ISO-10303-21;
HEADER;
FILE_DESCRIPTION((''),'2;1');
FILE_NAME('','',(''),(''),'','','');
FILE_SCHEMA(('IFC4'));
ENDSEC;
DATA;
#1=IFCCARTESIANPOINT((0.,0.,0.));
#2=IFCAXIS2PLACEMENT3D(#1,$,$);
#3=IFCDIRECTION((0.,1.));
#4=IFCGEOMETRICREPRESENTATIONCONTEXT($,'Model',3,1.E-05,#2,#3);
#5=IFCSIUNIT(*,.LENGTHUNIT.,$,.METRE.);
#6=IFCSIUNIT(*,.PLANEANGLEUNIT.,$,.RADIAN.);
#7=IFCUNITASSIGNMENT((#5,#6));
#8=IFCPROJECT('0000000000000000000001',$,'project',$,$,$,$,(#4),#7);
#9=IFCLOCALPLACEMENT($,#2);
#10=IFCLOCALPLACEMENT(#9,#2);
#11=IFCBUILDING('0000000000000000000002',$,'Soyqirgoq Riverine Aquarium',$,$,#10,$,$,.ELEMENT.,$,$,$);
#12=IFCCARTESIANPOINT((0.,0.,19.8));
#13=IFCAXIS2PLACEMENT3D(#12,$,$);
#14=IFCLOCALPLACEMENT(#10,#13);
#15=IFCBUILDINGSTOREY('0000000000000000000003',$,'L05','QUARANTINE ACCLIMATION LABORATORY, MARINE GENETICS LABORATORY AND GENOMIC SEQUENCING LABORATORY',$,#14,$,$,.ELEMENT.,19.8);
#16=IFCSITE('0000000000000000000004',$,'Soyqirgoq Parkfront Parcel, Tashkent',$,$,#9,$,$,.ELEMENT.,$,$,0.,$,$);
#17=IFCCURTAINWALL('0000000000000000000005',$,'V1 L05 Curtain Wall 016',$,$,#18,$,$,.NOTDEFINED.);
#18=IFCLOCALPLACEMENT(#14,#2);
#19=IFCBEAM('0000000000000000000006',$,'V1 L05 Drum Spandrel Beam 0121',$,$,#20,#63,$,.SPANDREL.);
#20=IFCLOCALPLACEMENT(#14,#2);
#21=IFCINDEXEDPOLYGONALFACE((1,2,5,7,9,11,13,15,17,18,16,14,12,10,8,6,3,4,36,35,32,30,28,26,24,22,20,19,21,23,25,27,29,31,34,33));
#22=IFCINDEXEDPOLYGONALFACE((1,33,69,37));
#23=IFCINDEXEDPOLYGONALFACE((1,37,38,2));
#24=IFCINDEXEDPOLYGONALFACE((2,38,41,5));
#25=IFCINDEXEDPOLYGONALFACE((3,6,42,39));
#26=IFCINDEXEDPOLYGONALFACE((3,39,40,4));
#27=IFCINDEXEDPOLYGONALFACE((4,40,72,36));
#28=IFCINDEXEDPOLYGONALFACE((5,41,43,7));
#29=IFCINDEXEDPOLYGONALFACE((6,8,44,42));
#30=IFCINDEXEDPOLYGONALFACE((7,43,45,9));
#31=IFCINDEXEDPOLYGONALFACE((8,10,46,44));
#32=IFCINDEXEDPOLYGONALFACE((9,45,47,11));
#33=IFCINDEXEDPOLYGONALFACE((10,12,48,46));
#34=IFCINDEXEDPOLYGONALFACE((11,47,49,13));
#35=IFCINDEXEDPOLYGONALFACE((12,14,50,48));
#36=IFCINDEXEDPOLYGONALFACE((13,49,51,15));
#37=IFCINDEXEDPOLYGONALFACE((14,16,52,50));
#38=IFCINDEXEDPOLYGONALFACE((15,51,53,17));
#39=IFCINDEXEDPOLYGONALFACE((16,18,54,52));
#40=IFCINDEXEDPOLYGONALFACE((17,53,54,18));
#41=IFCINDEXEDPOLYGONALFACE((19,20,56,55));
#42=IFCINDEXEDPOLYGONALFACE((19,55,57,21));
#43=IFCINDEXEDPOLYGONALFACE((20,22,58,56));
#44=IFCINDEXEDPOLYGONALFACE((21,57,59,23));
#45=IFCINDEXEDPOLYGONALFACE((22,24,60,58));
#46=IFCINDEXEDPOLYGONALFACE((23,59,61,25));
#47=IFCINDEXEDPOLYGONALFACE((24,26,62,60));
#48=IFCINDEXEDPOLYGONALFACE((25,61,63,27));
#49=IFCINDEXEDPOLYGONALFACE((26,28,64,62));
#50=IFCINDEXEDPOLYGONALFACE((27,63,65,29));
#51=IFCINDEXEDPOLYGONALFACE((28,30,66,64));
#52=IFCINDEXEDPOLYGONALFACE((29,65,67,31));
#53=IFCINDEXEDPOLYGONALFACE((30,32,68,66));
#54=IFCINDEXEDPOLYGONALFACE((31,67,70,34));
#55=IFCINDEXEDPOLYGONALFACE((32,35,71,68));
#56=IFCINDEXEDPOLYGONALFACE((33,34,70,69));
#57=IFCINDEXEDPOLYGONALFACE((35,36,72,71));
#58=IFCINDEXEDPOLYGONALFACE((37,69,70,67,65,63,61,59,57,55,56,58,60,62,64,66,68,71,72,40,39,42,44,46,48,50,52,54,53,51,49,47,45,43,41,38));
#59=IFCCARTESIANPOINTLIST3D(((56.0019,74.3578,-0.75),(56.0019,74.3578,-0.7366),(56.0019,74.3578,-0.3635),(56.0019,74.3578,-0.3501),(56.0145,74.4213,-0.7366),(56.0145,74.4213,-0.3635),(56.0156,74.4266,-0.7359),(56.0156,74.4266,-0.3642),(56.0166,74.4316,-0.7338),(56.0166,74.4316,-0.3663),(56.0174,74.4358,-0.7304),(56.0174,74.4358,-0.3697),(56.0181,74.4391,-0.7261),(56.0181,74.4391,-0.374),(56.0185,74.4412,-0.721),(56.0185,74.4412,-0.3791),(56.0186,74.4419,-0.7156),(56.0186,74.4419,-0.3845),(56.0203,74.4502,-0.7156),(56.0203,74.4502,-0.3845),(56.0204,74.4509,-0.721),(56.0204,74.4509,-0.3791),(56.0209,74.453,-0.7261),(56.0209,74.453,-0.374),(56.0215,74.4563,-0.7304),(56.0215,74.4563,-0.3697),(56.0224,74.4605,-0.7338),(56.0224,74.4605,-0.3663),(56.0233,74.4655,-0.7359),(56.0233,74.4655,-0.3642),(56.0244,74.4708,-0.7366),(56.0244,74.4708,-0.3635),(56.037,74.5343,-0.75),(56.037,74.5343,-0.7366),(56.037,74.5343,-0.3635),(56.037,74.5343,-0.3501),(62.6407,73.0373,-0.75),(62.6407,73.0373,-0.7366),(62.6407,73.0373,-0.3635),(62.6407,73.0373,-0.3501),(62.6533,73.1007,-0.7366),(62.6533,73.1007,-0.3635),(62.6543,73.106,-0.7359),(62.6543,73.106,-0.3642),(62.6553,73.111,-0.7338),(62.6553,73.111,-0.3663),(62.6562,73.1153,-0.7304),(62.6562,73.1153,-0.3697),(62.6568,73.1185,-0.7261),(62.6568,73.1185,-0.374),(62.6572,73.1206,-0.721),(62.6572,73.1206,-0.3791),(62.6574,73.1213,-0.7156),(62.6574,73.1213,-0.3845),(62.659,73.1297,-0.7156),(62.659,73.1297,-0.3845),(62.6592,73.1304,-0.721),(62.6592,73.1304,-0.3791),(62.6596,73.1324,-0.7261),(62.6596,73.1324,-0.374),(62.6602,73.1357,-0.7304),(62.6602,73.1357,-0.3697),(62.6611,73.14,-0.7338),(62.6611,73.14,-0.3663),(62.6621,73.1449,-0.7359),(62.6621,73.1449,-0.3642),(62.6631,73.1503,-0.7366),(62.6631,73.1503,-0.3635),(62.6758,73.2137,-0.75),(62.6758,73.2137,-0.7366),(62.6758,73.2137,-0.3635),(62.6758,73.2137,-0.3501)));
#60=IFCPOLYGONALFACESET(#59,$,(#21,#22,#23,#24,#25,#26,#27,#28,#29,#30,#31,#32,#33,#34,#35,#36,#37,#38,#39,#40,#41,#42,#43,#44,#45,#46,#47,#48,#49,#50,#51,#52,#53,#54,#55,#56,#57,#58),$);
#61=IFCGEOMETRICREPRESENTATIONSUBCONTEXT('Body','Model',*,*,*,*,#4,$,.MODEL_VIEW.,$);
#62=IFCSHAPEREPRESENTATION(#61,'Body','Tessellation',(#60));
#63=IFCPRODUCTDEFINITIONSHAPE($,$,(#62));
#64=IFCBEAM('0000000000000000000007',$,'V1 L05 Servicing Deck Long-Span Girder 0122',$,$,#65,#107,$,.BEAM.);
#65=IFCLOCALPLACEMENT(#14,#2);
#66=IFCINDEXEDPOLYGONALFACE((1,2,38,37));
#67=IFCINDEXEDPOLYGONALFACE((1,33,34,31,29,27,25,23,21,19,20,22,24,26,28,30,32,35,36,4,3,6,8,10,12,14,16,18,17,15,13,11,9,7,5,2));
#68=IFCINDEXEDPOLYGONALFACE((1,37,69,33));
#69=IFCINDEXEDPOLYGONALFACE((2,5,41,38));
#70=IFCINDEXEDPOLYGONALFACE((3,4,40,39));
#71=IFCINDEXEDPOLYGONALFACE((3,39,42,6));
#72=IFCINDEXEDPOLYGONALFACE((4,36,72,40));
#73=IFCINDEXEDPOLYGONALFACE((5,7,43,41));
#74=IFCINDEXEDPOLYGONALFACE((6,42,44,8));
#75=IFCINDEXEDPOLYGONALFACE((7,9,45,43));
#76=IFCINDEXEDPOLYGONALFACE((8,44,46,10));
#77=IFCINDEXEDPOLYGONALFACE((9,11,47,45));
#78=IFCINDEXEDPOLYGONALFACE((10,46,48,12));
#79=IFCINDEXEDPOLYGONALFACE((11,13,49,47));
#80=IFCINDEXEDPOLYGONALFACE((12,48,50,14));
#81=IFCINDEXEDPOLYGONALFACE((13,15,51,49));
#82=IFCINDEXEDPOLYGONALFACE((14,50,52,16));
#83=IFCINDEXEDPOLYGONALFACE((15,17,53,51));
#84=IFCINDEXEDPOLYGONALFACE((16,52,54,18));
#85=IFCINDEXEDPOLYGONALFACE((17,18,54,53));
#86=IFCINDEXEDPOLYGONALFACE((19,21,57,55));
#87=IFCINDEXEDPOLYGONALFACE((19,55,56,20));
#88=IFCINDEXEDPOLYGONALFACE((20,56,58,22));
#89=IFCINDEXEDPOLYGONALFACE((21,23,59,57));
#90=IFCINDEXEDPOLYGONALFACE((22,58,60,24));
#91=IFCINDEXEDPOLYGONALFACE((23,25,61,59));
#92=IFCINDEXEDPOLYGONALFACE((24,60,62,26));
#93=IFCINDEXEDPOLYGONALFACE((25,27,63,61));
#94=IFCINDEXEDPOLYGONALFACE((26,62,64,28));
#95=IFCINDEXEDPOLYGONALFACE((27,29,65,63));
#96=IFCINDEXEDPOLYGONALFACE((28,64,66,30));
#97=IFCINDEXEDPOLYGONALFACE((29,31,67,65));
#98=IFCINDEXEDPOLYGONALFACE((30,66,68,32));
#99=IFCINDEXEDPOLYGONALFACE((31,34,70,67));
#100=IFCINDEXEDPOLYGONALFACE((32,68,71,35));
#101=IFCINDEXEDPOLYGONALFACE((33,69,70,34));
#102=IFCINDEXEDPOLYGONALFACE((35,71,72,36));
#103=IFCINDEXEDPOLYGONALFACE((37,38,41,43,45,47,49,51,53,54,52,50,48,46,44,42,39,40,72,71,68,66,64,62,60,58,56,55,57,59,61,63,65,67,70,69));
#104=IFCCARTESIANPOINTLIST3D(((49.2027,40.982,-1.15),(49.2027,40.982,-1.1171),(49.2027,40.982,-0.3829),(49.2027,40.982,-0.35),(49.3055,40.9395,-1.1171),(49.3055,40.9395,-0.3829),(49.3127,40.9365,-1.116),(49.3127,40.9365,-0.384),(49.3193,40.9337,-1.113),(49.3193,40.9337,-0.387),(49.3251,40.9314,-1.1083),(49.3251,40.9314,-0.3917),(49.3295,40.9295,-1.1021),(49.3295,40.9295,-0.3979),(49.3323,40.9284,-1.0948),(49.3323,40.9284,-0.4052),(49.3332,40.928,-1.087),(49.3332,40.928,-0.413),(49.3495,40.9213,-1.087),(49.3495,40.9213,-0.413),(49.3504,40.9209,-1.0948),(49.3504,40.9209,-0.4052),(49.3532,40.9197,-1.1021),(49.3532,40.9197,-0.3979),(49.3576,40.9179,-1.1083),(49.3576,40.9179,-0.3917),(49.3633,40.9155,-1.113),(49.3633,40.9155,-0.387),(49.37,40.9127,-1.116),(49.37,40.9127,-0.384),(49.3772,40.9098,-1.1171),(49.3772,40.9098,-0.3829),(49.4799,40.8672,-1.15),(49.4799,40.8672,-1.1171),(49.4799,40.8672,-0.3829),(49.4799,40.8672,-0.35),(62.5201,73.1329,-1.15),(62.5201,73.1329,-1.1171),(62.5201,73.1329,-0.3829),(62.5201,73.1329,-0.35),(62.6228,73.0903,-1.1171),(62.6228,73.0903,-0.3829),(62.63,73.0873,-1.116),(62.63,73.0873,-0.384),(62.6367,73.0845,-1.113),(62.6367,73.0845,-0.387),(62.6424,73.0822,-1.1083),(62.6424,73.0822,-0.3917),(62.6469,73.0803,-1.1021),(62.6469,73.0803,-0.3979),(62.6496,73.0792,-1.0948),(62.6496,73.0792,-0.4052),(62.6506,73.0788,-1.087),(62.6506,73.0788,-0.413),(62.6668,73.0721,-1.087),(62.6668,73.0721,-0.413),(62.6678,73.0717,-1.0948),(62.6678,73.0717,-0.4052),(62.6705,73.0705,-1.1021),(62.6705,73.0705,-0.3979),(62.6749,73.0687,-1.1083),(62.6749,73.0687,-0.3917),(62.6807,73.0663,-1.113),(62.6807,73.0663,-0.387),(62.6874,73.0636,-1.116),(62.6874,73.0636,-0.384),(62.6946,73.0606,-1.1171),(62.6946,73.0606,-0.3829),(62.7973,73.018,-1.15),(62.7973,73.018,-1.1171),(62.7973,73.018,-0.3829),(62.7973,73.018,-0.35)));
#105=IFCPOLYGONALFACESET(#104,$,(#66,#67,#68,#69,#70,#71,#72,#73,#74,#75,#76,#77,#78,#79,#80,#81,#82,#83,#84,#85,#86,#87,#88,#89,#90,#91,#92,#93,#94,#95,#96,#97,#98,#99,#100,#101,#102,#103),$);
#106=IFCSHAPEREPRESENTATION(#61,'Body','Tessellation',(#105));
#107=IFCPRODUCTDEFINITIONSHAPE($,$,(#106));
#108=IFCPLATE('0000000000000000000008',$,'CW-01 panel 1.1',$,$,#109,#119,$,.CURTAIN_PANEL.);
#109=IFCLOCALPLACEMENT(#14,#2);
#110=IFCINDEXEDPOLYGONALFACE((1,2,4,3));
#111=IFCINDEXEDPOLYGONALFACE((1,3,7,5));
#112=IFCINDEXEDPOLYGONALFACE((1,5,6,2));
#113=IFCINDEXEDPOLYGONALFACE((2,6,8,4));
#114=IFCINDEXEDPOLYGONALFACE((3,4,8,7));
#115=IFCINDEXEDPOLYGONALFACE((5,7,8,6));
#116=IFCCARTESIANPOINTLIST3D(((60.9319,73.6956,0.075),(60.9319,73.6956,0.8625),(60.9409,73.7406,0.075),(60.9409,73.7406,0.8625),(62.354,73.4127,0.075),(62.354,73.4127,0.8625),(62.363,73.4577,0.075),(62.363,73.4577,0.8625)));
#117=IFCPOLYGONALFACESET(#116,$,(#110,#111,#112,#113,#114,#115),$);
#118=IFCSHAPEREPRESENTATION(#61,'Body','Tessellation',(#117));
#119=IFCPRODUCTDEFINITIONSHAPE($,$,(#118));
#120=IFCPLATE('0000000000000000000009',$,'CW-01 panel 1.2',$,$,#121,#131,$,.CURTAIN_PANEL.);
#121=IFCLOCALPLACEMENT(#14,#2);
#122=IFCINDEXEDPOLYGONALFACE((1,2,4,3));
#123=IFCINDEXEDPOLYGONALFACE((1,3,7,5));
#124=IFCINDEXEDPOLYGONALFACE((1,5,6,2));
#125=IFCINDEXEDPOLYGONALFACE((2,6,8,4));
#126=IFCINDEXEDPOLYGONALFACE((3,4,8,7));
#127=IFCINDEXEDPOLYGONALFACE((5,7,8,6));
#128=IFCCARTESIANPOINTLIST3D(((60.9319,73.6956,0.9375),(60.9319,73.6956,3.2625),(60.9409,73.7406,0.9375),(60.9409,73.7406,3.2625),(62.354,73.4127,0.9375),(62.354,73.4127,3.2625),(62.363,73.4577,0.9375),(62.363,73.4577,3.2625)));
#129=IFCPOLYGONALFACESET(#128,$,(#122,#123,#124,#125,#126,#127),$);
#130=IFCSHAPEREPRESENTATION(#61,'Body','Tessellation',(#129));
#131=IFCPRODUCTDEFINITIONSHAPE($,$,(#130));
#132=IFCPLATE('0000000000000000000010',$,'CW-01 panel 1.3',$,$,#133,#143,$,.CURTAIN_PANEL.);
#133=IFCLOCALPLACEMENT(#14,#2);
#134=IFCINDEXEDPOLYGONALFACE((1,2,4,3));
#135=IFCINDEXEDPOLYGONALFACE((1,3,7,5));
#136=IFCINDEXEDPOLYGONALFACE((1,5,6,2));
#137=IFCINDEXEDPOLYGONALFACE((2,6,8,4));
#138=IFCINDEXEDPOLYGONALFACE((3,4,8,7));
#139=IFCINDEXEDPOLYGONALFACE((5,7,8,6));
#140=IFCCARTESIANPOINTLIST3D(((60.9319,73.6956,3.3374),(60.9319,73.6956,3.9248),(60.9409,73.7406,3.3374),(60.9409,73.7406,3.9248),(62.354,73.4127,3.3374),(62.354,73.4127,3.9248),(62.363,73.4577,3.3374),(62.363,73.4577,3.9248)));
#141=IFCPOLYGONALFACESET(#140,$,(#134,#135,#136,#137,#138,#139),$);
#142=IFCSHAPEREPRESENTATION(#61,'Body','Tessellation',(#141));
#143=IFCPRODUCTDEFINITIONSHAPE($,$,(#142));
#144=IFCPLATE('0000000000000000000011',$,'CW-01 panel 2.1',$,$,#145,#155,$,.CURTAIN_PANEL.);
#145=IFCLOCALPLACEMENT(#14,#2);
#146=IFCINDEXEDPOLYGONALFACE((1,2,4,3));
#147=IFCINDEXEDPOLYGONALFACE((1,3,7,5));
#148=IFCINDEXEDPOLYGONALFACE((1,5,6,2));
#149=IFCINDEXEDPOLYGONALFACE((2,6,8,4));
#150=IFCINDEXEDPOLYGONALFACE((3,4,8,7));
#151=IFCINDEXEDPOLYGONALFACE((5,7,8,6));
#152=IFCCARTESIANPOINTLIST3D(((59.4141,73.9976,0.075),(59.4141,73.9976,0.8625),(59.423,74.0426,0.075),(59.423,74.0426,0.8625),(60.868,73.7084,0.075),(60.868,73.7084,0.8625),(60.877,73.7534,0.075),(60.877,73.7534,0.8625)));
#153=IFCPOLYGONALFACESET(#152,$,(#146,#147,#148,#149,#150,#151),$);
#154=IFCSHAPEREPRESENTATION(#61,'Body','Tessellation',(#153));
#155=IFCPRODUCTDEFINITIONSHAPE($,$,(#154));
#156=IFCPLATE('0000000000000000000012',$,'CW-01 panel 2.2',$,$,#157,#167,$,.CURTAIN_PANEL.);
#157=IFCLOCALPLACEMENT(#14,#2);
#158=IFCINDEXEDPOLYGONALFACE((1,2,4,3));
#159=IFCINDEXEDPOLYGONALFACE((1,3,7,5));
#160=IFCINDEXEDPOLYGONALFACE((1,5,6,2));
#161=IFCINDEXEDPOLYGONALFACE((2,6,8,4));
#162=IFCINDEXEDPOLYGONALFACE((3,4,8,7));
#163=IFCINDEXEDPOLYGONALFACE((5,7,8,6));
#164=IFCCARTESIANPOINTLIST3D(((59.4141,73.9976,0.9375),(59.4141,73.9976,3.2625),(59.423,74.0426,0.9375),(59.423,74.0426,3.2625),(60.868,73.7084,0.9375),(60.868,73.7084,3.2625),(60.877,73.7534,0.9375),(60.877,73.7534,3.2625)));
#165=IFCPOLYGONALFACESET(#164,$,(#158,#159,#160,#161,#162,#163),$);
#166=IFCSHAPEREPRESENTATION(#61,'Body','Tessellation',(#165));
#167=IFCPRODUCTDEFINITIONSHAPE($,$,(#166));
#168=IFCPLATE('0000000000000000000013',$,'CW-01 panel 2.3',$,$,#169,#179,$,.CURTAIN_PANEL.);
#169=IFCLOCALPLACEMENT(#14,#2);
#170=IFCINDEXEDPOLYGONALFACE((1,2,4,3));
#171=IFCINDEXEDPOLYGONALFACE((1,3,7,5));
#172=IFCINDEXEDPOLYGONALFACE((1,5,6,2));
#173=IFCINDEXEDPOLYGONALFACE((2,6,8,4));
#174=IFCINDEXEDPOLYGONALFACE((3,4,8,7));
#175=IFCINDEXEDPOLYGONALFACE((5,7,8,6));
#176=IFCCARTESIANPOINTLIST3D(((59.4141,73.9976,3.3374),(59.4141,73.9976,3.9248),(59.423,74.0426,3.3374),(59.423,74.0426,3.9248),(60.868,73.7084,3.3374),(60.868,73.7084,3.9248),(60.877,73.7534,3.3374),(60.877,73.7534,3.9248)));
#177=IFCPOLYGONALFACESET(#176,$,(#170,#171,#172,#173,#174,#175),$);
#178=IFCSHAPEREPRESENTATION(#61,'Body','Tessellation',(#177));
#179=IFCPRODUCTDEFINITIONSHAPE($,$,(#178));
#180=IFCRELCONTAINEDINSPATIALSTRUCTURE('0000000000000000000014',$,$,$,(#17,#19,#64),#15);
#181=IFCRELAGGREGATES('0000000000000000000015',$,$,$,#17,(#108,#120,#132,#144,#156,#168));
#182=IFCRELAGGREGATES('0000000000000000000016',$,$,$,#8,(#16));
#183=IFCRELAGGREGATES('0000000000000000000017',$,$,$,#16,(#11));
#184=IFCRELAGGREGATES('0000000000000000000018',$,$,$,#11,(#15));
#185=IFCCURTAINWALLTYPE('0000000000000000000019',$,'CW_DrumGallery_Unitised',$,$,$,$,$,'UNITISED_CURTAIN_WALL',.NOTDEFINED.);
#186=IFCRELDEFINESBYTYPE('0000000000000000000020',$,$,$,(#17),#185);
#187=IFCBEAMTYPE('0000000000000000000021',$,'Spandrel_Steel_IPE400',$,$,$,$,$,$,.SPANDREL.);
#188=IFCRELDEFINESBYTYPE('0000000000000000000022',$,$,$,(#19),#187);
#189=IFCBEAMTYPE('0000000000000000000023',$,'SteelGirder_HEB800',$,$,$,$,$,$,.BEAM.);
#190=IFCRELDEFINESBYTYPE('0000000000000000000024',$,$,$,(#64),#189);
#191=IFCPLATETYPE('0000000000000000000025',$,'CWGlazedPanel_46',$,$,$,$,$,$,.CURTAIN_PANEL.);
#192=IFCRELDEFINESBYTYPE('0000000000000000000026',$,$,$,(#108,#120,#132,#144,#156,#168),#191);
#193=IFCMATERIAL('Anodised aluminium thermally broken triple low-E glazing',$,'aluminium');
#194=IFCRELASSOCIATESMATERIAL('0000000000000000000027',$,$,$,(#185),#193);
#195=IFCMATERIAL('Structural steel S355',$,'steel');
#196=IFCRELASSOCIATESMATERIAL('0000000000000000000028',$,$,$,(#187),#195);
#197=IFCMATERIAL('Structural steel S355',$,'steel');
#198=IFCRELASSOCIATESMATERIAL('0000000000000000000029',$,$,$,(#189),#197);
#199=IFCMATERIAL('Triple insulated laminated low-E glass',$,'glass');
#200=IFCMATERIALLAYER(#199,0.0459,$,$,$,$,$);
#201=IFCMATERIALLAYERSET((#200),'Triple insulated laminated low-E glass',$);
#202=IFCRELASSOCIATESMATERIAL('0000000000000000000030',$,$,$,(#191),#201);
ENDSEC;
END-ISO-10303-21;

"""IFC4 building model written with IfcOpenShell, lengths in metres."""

from ifc_helpers import new_model, si_unit, direction, frame, origin, origin_2d, place, context, subcontext, project, spatial, rectangle, i_section, extrude, material, layer, layer_set, material_profile, profile_set, type_object, element, aggregate, save


model = new_model("IFC4")

# Units and contexts
model_context = context("Model", 3, precision=1e-05, world=origin(), true_north=direction((0.0, 1.0)))
body_context = subcontext(model_context, "Body", "Model", "MODEL_VIEW")
ifc_project = project(units=[si_unit("LENGTHUNIT", "METRE"), si_unit("PLANEANGLEUNIT", "RADIAN")], contexts=[model_context])

# Site, building, storey
site_placement = place(None, origin())
site = spatial("IfcSite", under=ifc_project, at=site_placement, Name="Soyqirgoq Parkfront Parcel, Tashkent", CompositionType="ELEMENT", RefElevation=0.0)
building_placement = place(site_placement, origin())
building = spatial("IfcBuilding", under=site, at=building_placement, Name="Soyqirgoq Riverine Aquarium", CompositionType="ELEMENT")
storey_placement = place(building_placement, frame((0.0, 0.0, 19.8)))
storey = spatial("IfcBuildingStorey", under=building, at=storey_placement, Name="L05", Description="QUARANTINE ACCLIMATION LABORATORY, MARINE GENETICS LABORATORY AND GENOMIC SEQUENCING LABORATORY", CompositionType="ELEMENT", Elevation=19.8)

# Curtain wall
ifc_material_1 = material(Name="Anodised aluminium thermally broken triple low-E glazing", Category="aluminium")
curtain_wall_type = type_object("IfcCurtainWallType", Name="CW_DrumGallery_Unitised", ElementType="UNITISED_CURTAIN_WALL", PredefinedType="NOTDEFINED", material=ifc_material_1)
curtain_wall_placement = place(storey_placement, origin())
curtain_wall = element("IfcCurtainWall", 1, at=curtain_wall_placement, inside=storey, type_object=curtain_wall_type, Name="V1 L05 Curtain Wall 016", PredefinedType="NOTDEFINED")

# Beams
ifc_material_2 = material(Name="Structural steel S355", Category="steel")
ifc_material_profile_1 = material_profile(ifc_material_2, i_section(OverallWidth=0.1799, OverallDepth=0.3999, WebThickness=0.0085, FlangeThickness=0.0134, FilletRadius=0.021, at=origin_2d()), Name="IPE 400")
ifc_profile_set_1 = profile_set([ifc_material_profile_1], Name="Structural steel S355")
beam_type_1 = type_object("IfcBeamType", Name="Spandrel_Steel_IPE400", PredefinedType="SPANDREL", material=ifc_profile_set_1)
beam_1_placement = place(storey_placement, frame((62.6582, 73.1255, -0.55), z_axis=(-0.980784, 0.195096, 0.0), x_axis=(-0.195096, -0.980784, 0.0)))
element("IfcBeam", 2, at=beam_1_placement, inside=storey, type_object=beam_type_1, Name="V1 L05 Drum Spandrel Beam 0121", PredefinedType="SPANDREL", context=body_context, shape_type="SweptSolid", body=[
    extrude(i_section(OverallWidth=0.1799, OverallDepth=0.3999, WebThickness=0.0085, FlangeThickness=0.0134, FilletRadius=0.021, at=origin_2d()), origin(), (0.0, 0.0, 1.0), 6.7688),
])
ifc_material_3 = material(Name="Structural steel S355", Category="steel")
ifc_material_profile_2 = material_profile(ifc_material_3, i_section(OverallWidth=0.3, OverallDepth=0.8, WebThickness=0.0176, FlangeThickness=0.033, FilletRadius=0.03, at=origin_2d()), Name="HEB 800")
ifc_profile_set_2 = profile_set([ifc_material_profile_2], Name="Structural steel S355")
beam_type_2 = type_object("IfcBeamType", Name="SteelGirder_HEB800", PredefinedType="BEAM", material=ifc_profile_set_2)
beam_2_placement = place(storey_placement, frame((62.6587, 73.0754, -0.75), z_axis=(-0.382685, -0.923879, 0.0), x_axis=(0.923879, -0.382685, 0.0)))
element("IfcBeam", 3, at=beam_2_placement, inside=storey, type_object=beam_type_2, Name="V1 L05 Servicing Deck Long-Span Girder 0122", PredefinedType="BEAM", context=body_context, shape_type="SweptSolid", body=[
    extrude(i_section(OverallWidth=0.3, OverallDepth=0.8, WebThickness=0.0176, FlangeThickness=0.033, FilletRadius=0.03, at=origin_2d()), origin(), (0.0, 0.0, 1.0), 34.7998),
])

# Plates
ifc_material_4 = material(Name="Triple insulated laminated low-E glass", Category="glass")
ifc_layer_1 = layer(ifc_material_4, 0.0459)
ifc_layer_set_1 = layer_set([ifc_layer_1], Name="Triple insulated laminated low-E glass")
plate_type = type_object("IfcPlateType", Name="CWGlazedPanel_46", PredefinedType="CURTAIN_PANEL", material=ifc_layer_set_1)
plate_1_placement = place(storey_placement, frame((61.6475, 73.5767, 0.075), z_axis=(0.0, 0.0, 1.0), x_axis=(-0.980788, 0.195078, 0.0)))
plate_1 = element("IfcPlate", 4, at=plate_1_placement, type_object=plate_type, Name="CW-01 panel 1.1", PredefinedType="CURTAIN_PANEL", context=body_context, shape_type="SweptSolid", body=[
    extrude(rectangle(XDim=1.45, YDim=0.0459, at=origin_2d()), origin(), (0.0, 0.0, 1.0), 0.7876),
])
plate_2_placement = place(storey_placement, frame((61.6475, 73.5767, 0.9375), z_axis=(0.0, 0.0, 1.0), x_axis=(-0.980788, 0.195078, 0.0)))
plate_2 = element("IfcPlate", 5, at=plate_2_placement, type_object=plate_type, Name="CW-01 panel 1.2", PredefinedType="CURTAIN_PANEL", context=body_context, shape_type="SweptSolid", body=[
    extrude(rectangle(XDim=1.45, YDim=0.0459, at=origin_2d()), origin(), (0.0, 0.0, 1.0), 2.325),
])
plate_3_placement = place(storey_placement, frame((61.6475, 73.5767, 3.3374), z_axis=(0.0, 0.0, 1.0), x_axis=(-0.980788, 0.195078, 0.0)))
plate_3 = element("IfcPlate", 6, at=plate_3_placement, type_object=plate_type, Name="CW-01 panel 1.3", PredefinedType="CURTAIN_PANEL", context=body_context, shape_type="SweptSolid", body=[
    extrude(rectangle(XDim=1.45, YDim=0.0459, at=origin_2d()), origin(), (0.0, 0.0, 1.0), 0.5874),
])
plate_4_placement = place(storey_placement, frame((60.1455, 73.8755, 0.075), z_axis=(0.0, 0.0, 1.0), x_axis=(-0.980788, 0.195078, 0.0)))
plate_4 = element("IfcPlate", 7, at=plate_4_placement, type_object=plate_type, Name="CW-01 panel 2.1", PredefinedType="CURTAIN_PANEL", context=body_context, shape_type="SweptSolid", body=[
    extrude(rectangle(XDim=1.4824, YDim=0.0459, at=origin_2d()), origin(), (0.0, 0.0, 1.0), 0.7876),
])
plate_5_placement = place(storey_placement, frame((60.1455, 73.8755, 0.9375), z_axis=(0.0, 0.0, 1.0), x_axis=(-0.980788, 0.195078, 0.0)))
plate_5 = element("IfcPlate", 8, at=plate_5_placement, type_object=plate_type, Name="CW-01 panel 2.2", PredefinedType="CURTAIN_PANEL", context=body_context, shape_type="SweptSolid", body=[
    extrude(rectangle(XDim=1.4824, YDim=0.0459, at=origin_2d()), origin(), (0.0, 0.0, 1.0), 2.325),
])
plate_6_placement = place(storey_placement, frame((60.1455, 73.8755, 3.3374), z_axis=(0.0, 0.0, 1.0), x_axis=(-0.980788, 0.195078, 0.0)))
plate_6 = element("IfcPlate", 9, at=plate_6_placement, type_object=plate_type, Name="CW-01 panel 2.3", PredefinedType="CURTAIN_PANEL", context=body_context, shape_type="SweptSolid", body=[
    extrude(rectangle(XDim=1.4824, YDim=0.0459, at=origin_2d()), origin(), (0.0, 0.0, 1.0), 0.5874),
])
aggregate(curtain_wall, [plate_1, plate_2, plate_3, plate_4, plate_5, plate_6])

save(model, "model.ifc")
